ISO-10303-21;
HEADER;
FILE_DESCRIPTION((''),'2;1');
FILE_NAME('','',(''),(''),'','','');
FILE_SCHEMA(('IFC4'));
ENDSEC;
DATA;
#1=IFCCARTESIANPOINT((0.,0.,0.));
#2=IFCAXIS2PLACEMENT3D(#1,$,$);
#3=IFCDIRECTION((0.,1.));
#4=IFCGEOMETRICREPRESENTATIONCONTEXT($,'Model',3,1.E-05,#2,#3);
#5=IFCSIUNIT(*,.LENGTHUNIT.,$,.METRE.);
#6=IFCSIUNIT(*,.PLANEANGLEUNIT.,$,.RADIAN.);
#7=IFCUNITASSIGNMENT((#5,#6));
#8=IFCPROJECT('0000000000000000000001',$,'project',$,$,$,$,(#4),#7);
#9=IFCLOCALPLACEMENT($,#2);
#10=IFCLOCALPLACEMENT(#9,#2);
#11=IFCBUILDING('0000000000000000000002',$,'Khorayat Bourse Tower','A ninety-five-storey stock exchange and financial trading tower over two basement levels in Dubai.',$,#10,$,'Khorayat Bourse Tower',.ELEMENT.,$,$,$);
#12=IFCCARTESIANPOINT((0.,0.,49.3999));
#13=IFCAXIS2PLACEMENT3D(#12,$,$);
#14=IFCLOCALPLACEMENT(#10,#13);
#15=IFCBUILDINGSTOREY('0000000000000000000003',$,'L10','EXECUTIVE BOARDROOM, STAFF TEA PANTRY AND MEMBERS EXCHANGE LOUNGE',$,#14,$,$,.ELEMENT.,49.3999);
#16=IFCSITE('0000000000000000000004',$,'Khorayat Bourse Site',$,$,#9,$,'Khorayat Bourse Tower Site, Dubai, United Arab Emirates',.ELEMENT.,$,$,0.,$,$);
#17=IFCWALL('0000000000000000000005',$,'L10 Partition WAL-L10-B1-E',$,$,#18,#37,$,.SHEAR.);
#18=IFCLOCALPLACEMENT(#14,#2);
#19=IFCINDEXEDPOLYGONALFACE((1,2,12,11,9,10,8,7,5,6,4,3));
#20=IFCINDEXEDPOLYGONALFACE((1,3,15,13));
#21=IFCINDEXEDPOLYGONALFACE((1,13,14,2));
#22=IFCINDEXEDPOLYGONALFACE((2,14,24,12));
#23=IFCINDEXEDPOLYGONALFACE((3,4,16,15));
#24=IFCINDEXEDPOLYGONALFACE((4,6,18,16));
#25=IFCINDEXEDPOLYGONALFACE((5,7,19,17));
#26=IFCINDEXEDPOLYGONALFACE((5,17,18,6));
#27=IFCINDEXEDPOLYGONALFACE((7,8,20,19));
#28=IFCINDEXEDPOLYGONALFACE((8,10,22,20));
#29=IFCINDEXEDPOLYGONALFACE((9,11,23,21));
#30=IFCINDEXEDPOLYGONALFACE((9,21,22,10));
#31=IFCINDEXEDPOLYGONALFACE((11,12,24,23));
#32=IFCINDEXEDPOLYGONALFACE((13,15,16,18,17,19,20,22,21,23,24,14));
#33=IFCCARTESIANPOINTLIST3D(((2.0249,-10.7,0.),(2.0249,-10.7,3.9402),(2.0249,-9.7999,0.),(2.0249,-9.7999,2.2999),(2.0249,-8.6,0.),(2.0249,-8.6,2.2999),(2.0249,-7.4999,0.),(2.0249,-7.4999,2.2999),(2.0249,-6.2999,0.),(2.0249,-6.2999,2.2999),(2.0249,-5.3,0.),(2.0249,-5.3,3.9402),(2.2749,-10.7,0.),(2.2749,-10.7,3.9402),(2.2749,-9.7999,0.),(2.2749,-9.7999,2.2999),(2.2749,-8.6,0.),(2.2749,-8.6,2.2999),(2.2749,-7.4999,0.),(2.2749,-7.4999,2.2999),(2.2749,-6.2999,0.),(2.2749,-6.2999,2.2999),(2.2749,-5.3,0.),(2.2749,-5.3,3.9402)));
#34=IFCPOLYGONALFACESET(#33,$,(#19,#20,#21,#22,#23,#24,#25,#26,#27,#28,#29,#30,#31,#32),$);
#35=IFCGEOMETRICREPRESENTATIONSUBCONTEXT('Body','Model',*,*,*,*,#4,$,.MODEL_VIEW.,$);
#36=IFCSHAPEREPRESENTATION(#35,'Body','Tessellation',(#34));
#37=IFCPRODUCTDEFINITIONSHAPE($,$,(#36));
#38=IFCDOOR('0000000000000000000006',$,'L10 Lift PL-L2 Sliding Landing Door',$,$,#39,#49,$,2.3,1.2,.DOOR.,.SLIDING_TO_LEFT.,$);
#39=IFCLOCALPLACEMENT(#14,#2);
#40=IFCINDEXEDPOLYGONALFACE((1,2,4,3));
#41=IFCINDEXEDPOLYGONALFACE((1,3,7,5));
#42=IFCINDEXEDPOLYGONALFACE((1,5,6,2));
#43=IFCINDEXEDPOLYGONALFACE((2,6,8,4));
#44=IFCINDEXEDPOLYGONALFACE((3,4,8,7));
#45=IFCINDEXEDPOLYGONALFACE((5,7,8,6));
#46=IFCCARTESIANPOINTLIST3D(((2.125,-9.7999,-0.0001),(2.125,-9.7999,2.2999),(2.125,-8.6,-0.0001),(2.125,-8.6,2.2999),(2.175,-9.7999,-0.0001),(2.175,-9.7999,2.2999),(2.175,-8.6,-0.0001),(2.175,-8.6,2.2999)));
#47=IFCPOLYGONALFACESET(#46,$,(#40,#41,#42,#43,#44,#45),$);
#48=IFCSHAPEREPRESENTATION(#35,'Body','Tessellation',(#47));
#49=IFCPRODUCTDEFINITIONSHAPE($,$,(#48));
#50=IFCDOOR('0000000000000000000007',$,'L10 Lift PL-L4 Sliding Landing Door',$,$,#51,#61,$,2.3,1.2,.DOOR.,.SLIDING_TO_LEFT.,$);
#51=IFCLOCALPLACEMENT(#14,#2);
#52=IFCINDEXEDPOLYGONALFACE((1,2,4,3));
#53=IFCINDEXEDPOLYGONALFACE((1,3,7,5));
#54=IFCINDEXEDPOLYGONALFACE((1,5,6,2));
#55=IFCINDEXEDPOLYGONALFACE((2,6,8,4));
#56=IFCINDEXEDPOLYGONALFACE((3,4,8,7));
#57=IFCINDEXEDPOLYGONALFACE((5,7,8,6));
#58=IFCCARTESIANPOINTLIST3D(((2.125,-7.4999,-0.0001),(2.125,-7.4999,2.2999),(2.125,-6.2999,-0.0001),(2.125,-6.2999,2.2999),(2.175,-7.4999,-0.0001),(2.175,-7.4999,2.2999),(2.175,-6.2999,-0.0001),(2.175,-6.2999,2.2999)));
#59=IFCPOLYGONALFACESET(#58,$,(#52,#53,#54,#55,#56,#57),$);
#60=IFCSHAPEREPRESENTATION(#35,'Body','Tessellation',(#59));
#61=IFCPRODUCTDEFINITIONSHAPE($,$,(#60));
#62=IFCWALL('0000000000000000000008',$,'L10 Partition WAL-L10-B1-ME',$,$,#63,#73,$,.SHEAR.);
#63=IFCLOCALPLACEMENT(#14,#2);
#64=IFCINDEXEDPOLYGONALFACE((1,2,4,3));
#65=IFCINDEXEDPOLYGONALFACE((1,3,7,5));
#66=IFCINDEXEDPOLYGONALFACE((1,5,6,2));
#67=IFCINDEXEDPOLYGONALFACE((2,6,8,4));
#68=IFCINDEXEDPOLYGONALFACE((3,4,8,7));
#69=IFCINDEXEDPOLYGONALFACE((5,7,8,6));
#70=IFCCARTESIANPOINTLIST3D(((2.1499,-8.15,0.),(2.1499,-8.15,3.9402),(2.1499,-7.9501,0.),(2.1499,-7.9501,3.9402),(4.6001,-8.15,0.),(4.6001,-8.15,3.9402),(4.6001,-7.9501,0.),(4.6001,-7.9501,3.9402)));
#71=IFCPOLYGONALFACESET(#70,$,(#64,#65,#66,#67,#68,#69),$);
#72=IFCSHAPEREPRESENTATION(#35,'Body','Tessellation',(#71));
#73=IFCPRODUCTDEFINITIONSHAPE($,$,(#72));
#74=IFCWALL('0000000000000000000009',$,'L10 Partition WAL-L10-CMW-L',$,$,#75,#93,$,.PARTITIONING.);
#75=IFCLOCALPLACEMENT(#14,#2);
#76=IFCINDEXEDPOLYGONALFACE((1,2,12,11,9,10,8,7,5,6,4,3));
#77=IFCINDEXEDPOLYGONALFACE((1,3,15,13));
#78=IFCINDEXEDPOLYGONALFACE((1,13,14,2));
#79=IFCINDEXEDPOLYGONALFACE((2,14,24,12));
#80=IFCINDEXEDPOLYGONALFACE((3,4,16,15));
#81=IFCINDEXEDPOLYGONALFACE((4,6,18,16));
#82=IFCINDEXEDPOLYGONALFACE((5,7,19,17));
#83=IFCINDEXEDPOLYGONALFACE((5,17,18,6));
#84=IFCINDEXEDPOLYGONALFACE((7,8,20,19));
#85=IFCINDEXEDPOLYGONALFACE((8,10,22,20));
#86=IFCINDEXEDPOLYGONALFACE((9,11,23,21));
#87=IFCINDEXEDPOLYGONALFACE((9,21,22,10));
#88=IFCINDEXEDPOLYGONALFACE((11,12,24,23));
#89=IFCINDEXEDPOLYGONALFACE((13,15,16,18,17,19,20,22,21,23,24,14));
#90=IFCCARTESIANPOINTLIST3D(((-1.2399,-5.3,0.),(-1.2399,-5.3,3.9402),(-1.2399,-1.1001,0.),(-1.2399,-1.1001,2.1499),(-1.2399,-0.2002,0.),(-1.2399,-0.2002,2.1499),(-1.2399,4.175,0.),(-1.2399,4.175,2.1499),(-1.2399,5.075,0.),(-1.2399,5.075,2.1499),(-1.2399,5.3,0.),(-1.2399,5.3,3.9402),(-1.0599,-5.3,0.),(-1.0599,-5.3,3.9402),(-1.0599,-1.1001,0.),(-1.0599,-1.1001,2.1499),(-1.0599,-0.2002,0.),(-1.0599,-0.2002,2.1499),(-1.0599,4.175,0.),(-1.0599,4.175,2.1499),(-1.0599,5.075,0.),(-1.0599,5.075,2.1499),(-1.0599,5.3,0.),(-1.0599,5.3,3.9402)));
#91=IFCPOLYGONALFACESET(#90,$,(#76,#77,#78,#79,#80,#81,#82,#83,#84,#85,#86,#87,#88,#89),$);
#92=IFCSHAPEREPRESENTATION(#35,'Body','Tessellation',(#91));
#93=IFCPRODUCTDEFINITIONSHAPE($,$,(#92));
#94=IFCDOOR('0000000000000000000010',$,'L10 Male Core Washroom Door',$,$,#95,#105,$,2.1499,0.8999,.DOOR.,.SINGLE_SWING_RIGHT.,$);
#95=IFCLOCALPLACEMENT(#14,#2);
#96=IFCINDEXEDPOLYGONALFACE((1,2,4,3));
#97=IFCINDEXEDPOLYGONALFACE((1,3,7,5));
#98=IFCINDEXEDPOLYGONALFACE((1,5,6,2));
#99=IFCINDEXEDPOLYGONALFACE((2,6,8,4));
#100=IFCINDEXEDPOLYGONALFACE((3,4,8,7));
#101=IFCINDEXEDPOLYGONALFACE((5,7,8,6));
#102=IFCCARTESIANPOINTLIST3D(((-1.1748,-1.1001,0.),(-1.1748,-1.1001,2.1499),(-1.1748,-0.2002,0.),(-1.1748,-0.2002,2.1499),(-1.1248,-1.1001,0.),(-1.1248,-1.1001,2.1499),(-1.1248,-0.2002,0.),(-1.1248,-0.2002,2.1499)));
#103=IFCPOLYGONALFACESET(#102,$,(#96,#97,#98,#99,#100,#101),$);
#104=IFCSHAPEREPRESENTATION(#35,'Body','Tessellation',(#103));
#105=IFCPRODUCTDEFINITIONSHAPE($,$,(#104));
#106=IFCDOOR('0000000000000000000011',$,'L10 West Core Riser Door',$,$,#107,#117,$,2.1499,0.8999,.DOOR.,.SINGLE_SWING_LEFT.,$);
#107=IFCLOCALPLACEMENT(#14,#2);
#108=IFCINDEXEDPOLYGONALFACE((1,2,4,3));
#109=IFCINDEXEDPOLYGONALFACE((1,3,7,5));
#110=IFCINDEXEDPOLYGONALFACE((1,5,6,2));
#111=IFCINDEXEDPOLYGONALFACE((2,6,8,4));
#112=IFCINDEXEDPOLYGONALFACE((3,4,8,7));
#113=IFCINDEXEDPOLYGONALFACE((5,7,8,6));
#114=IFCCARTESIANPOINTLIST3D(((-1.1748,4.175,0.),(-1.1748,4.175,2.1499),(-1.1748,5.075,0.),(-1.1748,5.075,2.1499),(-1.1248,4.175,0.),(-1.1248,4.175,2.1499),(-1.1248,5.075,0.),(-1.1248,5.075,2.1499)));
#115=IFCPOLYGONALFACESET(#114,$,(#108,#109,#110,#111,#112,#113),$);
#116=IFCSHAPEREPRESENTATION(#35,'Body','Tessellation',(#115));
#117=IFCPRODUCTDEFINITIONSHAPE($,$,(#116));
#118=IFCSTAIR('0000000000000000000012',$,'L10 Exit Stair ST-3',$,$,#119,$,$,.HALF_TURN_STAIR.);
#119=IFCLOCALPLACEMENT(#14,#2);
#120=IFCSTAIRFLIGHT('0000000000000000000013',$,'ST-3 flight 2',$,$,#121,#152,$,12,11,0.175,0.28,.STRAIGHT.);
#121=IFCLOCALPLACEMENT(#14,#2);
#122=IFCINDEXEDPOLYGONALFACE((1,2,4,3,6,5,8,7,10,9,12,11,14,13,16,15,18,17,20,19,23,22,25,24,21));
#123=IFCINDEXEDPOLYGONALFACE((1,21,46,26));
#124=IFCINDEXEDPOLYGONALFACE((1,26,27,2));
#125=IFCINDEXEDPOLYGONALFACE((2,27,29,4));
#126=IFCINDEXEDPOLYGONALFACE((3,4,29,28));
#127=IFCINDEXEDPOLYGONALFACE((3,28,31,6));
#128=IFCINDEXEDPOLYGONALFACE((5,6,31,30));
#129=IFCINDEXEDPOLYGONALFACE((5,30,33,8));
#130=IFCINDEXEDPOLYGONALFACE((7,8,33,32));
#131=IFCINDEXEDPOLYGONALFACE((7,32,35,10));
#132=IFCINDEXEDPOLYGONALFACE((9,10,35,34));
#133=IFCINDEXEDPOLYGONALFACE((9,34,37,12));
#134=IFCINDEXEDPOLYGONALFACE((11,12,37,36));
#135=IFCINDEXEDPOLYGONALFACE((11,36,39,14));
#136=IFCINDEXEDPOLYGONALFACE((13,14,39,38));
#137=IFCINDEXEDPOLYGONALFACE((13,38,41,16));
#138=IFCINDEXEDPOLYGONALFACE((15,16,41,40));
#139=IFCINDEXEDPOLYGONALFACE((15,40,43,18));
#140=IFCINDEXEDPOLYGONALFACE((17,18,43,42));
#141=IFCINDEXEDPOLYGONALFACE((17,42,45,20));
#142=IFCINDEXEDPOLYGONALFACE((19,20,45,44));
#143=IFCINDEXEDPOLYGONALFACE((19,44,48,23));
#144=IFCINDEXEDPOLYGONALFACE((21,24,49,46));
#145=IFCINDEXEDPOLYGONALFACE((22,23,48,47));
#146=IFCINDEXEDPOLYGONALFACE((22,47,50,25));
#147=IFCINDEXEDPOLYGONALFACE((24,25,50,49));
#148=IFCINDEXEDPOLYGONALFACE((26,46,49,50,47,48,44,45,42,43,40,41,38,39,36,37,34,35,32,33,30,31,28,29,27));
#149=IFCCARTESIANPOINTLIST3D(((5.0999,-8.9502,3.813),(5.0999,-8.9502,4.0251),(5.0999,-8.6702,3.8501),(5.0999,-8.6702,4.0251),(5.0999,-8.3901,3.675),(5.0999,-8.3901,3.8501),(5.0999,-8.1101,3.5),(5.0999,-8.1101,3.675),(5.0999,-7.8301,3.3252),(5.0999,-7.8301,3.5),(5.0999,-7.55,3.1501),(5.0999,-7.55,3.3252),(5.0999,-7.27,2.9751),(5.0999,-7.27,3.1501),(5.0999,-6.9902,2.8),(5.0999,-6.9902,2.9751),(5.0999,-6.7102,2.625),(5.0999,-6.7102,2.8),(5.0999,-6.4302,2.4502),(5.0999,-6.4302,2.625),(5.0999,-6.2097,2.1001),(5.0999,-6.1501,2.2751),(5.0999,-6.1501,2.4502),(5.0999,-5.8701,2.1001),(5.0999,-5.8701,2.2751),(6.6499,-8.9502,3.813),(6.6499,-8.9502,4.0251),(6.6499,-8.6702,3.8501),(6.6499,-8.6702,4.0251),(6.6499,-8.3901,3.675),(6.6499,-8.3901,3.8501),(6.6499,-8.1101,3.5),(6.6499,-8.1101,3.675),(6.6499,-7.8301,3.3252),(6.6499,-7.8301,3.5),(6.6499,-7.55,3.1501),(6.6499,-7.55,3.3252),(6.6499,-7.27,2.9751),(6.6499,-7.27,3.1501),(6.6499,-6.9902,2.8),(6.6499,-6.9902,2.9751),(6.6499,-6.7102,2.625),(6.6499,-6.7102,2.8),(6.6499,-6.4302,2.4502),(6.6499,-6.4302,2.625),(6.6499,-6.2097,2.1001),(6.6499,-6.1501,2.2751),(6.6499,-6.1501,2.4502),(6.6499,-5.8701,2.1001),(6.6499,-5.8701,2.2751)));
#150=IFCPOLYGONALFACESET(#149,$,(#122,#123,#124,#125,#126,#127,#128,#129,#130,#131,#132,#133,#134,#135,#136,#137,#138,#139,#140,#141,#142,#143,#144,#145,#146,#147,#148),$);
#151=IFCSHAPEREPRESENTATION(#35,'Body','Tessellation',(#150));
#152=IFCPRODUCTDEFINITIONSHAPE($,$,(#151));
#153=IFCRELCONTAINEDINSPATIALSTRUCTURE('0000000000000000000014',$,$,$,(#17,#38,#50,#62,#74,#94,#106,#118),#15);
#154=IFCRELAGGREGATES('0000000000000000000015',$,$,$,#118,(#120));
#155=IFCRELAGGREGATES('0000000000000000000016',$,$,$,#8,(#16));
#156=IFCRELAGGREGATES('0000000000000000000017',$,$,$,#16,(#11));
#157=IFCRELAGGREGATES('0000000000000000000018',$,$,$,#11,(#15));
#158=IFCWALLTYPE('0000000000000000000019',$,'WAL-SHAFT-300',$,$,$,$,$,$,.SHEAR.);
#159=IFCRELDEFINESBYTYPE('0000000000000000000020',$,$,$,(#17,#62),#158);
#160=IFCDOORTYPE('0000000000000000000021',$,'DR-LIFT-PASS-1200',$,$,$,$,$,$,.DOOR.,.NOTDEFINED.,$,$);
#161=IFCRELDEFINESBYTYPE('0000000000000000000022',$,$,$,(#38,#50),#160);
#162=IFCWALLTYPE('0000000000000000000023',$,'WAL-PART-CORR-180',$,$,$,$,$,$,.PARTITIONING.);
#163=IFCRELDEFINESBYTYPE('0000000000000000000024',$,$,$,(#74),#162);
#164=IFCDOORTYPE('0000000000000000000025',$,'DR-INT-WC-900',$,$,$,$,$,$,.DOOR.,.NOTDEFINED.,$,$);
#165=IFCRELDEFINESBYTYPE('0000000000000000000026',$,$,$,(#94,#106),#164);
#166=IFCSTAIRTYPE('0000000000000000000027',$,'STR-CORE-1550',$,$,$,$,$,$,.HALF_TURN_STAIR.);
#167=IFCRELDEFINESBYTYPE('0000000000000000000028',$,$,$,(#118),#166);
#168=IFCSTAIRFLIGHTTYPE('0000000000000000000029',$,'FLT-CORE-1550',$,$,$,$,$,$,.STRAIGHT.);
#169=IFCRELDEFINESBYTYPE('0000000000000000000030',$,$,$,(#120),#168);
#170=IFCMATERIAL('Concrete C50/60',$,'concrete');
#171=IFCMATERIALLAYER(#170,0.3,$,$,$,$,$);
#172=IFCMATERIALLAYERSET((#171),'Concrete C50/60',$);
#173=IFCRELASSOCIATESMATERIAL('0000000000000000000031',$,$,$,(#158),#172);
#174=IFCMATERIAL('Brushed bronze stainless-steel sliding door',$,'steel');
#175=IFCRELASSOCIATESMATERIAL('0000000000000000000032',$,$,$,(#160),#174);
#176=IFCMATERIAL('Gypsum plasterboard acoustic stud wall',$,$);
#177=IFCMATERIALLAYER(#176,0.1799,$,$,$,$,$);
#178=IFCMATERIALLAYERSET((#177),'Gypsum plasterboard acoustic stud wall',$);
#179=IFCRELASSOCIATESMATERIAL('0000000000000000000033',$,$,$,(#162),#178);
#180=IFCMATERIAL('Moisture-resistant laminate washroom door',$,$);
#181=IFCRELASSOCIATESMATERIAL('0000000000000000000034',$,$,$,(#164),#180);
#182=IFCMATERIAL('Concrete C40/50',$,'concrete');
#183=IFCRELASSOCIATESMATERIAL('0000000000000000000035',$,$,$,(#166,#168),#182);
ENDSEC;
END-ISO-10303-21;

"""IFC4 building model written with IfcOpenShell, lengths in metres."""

from ifc_helpers import new_model, si_unit, direction, frame, frame_2d, origin, place, context, subcontext, project, spatial, polyline, rectangle, outline, extrude, source, transform, mapped, material, layer, layer_set, type_object, element, fill, aggregate, save


model = new_model("IFC4")

# Units and contexts
model_context = context("Model", 3, precision=1e-05, world=origin(), true_north=direction((0.0, 1.0)))
body_context = subcontext(model_context, "Body", "Model", "MODEL_VIEW")
ifc_project = project(units=[si_unit("LENGTHUNIT", "METRE"), si_unit("PLANEANGLEUNIT", "RADIAN")], contexts=[model_context])

# Site, building, storey
site_placement = place(None, origin())
site = spatial("IfcSite", under=ifc_project, at=site_placement, Name="Khorayat Bourse Site", LongName="Khorayat Bourse Tower Site, Dubai, United Arab Emirates", CompositionType="ELEMENT", RefElevation=0.0)
building_placement = place(site_placement, origin())
building = spatial("IfcBuilding", under=site, at=building_placement, Name="Khorayat Bourse Tower", Description="A ninety-five-storey stock exchange and financial trading tower over two basement levels in Dubai.", LongName="Khorayat Bourse Tower", CompositionType="ELEMENT")
storey_placement = place(building_placement, frame((0.0, 0.0, 49.3999)))
storey = spatial("IfcBuildingStorey", under=building, at=storey_placement, Name="L10", Description="EXECUTIVE BOARDROOM, STAFF TEA PANTRY AND MEMBERS EXCHANGE LOUNGE", CompositionType="ELEMENT", Elevation=49.3999)

# Wall, openings, doors
ifc_material_1 = material(Name="Concrete C50/60", Category="concrete")
ifc_layer_1 = layer(ifc_material_1, 0.3)
ifc_layer_set_1 = layer_set([ifc_layer_1], Name="Concrete C50/60")
wall_type_1 = type_object("IfcWallType", Name="WAL-SHAFT-300", PredefinedType="SHEAR", material=ifc_layer_set_1)
shared_shape_1 = source(origin(), body_context, "Body", "SweptSolid", [
    extrude(rectangle(XDim=5.3999, YDim=0.25, at=frame_2d((2.7, 0.0))), origin(), (0.0, 0.0, 1.0), 3.9402),
])
shared_shape_2 = source(origin(), body_context, "Body", "SweptSolid", [
    extrude(rectangle(XDim=1.2, YDim=2.3, at=frame_2d((0.6001, 1.1499))), frame((0.0, 0.135, 0.0), z_axis=(0.0, -1.0, 0.0), x_axis=(1.0, 0.0, 0.0)), (0.0, 0.0, 1.0), 0.27),
])
ifc_material_2 = material(Name="Brushed bronze stainless-steel sliding door", Category="steel")
door_type_1 = type_object("IfcDoorType", Name="DR-LIFT-PASS-1200", OperationType="NOTDEFINED", PredefinedType="DOOR", material=ifc_material_2)
shared_shape_3 = source(origin(), body_context, "Body", "SweptSolid", [
    extrude(rectangle(XDim=1.2, YDim=2.3, at=frame_2d((0.6001, 1.1499))), frame((0.0, 0.0249, 0.0), z_axis=(0.0, -1.0, 0.0), x_axis=(1.0, 0.0, 0.0)), (0.0, 0.0, 1.0), 0.05),
])
wall_1_placement = place(storey_placement, frame((2.1499, -10.7, 0.0), z_axis=(0.0, 0.0, 1.0), x_axis=(0.0, 1.0, 0.0)))
wall_1 = element("IfcWall", 1, at=wall_1_placement, inside=storey, type_object=wall_type_1, Name="L10 Partition WAL-L10-B1-E", PredefinedType="SHEAR", context=body_context, shape_type="MappedRepresentation", body=[
    mapped(shared_shape_1, transform((0.0, 0.0, 0.0), scale=1.0)),
])
opening_1_placement = place(wall_1_placement, frame((0.8999, 0.0, 0.0)))
opening_1 = element("IfcOpeningElement", 2, at=opening_1_placement, cuts=wall_1, PredefinedType="OPENING", context=body_context, shape_type="MappedRepresentation", body=[
    mapped(shared_shape_2, transform((0.0, 0.0, 0.0), scale=1.0)),
])
opening_2_placement = place(wall_1_placement, frame((3.2, 0.0, 0.0)))
opening_2 = element("IfcOpeningElement", 3, at=opening_2_placement, cuts=wall_1, PredefinedType="OPENING", context=body_context, shape_type="MappedRepresentation", body=[
    mapped(shared_shape_2, transform((0.0, 0.0, 0.0), scale=1.0)),
])
door_1_placement = place(opening_1_placement, origin())
door_1 = element("IfcDoor", 4, at=door_1_placement, inside=storey, type_object=door_type_1, Name="L10 Lift PL-L2 Sliding Landing Door", OperationType="SLIDING_TO_LEFT", OverallHeight=2.3, OverallWidth=1.2, PredefinedType="DOOR", context=body_context, shape_type="MappedRepresentation", body=[
    mapped(shared_shape_3, transform((0.0, 0.0, 0.0), scale=1.0)),
])
fill(opening_1, door_1)
door_2_placement = place(opening_2_placement, origin())
door_2 = element("IfcDoor", 5, at=door_2_placement, inside=storey, type_object=door_type_1, Name="L10 Lift PL-L4 Sliding Landing Door", OperationType="SLIDING_TO_LEFT", OverallHeight=2.3, OverallWidth=1.2, PredefinedType="DOOR", context=body_context, shape_type="MappedRepresentation", body=[
    mapped(shared_shape_3, transform((0.0, 0.0, 0.0), scale=1.0)),
])
fill(opening_2, door_2)

# Wall
shared_shape_4 = source(origin(), body_context, "Body", "SweptSolid", [
    extrude(rectangle(XDim=2.4502, YDim=0.2, at=frame_2d((1.2251, 0.0))), origin(), (0.0, 0.0, 1.0), 3.9402),
])
wall_2_placement = place(storey_placement, frame((2.1499, -8.05, 0.0), z_axis=(0.0, 0.0, 1.0), x_axis=(1.0, 0.0, 0.0)))
element("IfcWall", 6, at=wall_2_placement, inside=storey, type_object=wall_type_1, Name="L10 Partition WAL-L10-B1-ME", PredefinedType="SHEAR", context=body_context, shape_type="MappedRepresentation", body=[
    mapped(shared_shape_4, transform((0.0, 0.0, 0.0), scale=1.0)),
])

# Wall, openings, doors
ifc_material_3 = material(Name="Gypsum plasterboard acoustic stud wall")
ifc_layer_2 = layer(ifc_material_3, 0.1799)
ifc_layer_set_2 = layer_set([ifc_layer_2], Name="Gypsum plasterboard acoustic stud wall")
wall_type_2 = type_object("IfcWallType", Name="WAL-PART-CORR-180", PredefinedType="PARTITIONING", material=ifc_layer_set_2)
shared_shape_5 = source(origin(), body_context, "Body", "SweptSolid", [
    extrude(rectangle(XDim=10.6001, YDim=0.1799, at=frame_2d((5.3, 0.0))), origin(), (0.0, 0.0, 1.0), 3.9402),
])
wall_3_placement = place(storey_placement, frame((-1.1499, -5.3, 0.0), z_axis=(0.0, 0.0, 1.0), x_axis=(0.0, 1.0, 0.0)))
wall_3 = element("IfcWall", 7, at=wall_3_placement, inside=storey, type_object=wall_type_2, Name="L10 Partition WAL-L10-CMW-L", PredefinedType="PARTITIONING", context=body_context, shape_type="MappedRepresentation", body=[
    mapped(shared_shape_5, transform((0.0, 0.0, 0.0), scale=1.0)),
])
shared_shape_6 = source(origin(), body_context, "Body", "SweptSolid", [
    extrude(rectangle(XDim=0.8999, YDim=2.1499, at=frame_2d((0.45, 1.075))), frame((0.0, 0.0999, 0.0), z_axis=(0.0, -1.0, 0.0), x_axis=(1.0, 0.0, 0.0)), (0.0, 0.0, 1.0), 0.2),
])
opening_3_placement = place(wall_3_placement, frame((4.2, 0.0, 0.0)))
opening_3 = element("IfcOpeningElement", 8, at=opening_3_placement, cuts=wall_3, PredefinedType="OPENING", context=body_context, shape_type="MappedRepresentation", body=[
    mapped(shared_shape_6, transform((0.0, 0.0, 0.0), scale=1.0)),
])
opening_4_placement = place(wall_3_placement, frame((9.4751, 0.0, 0.0)))
opening_4 = element("IfcOpeningElement", 9, at=opening_4_placement, cuts=wall_3, PredefinedType="OPENING", context=body_context, shape_type="MappedRepresentation", body=[
    mapped(shared_shape_6, transform((0.0, 0.0, 0.0), scale=1.0)),
])
ifc_material_4 = material(Name="Moisture-resistant laminate washroom door")
door_type_2 = type_object("IfcDoorType", Name="DR-INT-WC-900", OperationType="NOTDEFINED", PredefinedType="DOOR", material=ifc_material_4)
shared_shape_7 = source(origin(), body_context, "Body", "SweptSolid", [
    extrude(rectangle(XDim=0.8999, YDim=2.1499, at=frame_2d((0.45, 1.075))), frame((0.0, 0.0249, 0.0), z_axis=(0.0, -1.0, 0.0), x_axis=(1.0, 0.0, 0.0)), (0.0, 0.0, 1.0), 0.05),
])
door_3_placement = place(opening_3_placement, origin())
door_3 = element("IfcDoor", 10, at=door_3_placement, inside=storey, type_object=door_type_2, Name="L10 Male Core Washroom Door", OperationType="SINGLE_SWING_RIGHT", OverallHeight=2.1499, OverallWidth=0.8999, PredefinedType="DOOR", context=body_context, shape_type="MappedRepresentation", body=[
    mapped(shared_shape_7, transform((0.0, 0.0, 0.0), scale=1.0)),
])
fill(opening_3, door_3)
door_4_placement = place(opening_4_placement, origin())
door_4 = element("IfcDoor", 11, at=door_4_placement, inside=storey, type_object=door_type_2, Name="L10 West Core Riser Door", OperationType="SINGLE_SWING_LEFT", OverallHeight=2.1499, OverallWidth=0.8999, PredefinedType="DOOR", context=body_context, shape_type="MappedRepresentation", body=[
    mapped(shared_shape_7, transform((0.0, 0.0, 0.0), scale=1.0)),
])
fill(opening_4, door_4)

# Stair, stair flight
ifc_material_5 = material(Name="Concrete C40/50", Category="concrete")
stair_type = type_object("IfcStairType", Name="STR-CORE-1550", PredefinedType="HALF_TURN_STAIR", material=ifc_material_5)
stair_placement = place(storey_placement, origin())
stair = element("IfcStair", 12, at=stair_placement, inside=storey, type_object=stair_type, Name="L10 Exit Stair ST-3", PredefinedType="HALF_TURN_STAIR")
stair_flight_type = type_object("IfcStairFlightType", Name="FLT-CORE-1550", PredefinedType="STRAIGHT", material=ifc_material_5)
shared_shape_8 = source(origin(), body_context, "Body", "SweptSolid", [
    extrude(outline(polyline([(0.0, 0.0), (0.0, 0.175), (0.28, 0.175), (0.28, 0.3501), (0.5601, 0.3501), (0.5601, 0.5249), (0.8401, 0.5249), (0.8401, 0.7), (1.1201, 0.7), (1.1201, 0.875), (1.3999, 0.875), (1.3999, 1.05), (1.6799, 1.05), (1.6799, 1.2251), (1.96, 1.2251), (1.96, 1.3999), (2.24, 1.3999), (2.24, 1.575), (2.52, 1.575), (2.52, 1.75), (2.8, 1.75), (2.8, 1.925), (3.0801, 1.925), (3.0801, 2.1001), (3.0801, 1.7129), (0.3396, 0.0), (0.0, 0.0)])), frame((0.0, 0.7749, 0.0), z_axis=(0.0, -1.0, 0.0), x_axis=(1.0, 0.0, 0.0)), (0.0, 0.0, 1.0), 1.55),
])
stair_flight_placement = place(storey_placement, frame((5.875, -5.8701, 2.1001), z_axis=(0.0, 0.0, 1.0), x_axis=(0.0, -1.0, 0.0)))
stair_flight = element("IfcStairFlight", 13, at=stair_flight_placement, type_object=stair_flight_type, Name="ST-3 flight 2", NumberOfRisers=12, NumberOfTreads=11, PredefinedType="STRAIGHT", RiserHeight=0.175, TreadLength=0.28, context=body_context, shape_type="MappedRepresentation", body=[
    mapped(shared_shape_8, transform((0.0, 0.0, 0.0), scale=1.0)),
])
aggregate(stair, [stair_flight])

save(model, "model.ifc")
